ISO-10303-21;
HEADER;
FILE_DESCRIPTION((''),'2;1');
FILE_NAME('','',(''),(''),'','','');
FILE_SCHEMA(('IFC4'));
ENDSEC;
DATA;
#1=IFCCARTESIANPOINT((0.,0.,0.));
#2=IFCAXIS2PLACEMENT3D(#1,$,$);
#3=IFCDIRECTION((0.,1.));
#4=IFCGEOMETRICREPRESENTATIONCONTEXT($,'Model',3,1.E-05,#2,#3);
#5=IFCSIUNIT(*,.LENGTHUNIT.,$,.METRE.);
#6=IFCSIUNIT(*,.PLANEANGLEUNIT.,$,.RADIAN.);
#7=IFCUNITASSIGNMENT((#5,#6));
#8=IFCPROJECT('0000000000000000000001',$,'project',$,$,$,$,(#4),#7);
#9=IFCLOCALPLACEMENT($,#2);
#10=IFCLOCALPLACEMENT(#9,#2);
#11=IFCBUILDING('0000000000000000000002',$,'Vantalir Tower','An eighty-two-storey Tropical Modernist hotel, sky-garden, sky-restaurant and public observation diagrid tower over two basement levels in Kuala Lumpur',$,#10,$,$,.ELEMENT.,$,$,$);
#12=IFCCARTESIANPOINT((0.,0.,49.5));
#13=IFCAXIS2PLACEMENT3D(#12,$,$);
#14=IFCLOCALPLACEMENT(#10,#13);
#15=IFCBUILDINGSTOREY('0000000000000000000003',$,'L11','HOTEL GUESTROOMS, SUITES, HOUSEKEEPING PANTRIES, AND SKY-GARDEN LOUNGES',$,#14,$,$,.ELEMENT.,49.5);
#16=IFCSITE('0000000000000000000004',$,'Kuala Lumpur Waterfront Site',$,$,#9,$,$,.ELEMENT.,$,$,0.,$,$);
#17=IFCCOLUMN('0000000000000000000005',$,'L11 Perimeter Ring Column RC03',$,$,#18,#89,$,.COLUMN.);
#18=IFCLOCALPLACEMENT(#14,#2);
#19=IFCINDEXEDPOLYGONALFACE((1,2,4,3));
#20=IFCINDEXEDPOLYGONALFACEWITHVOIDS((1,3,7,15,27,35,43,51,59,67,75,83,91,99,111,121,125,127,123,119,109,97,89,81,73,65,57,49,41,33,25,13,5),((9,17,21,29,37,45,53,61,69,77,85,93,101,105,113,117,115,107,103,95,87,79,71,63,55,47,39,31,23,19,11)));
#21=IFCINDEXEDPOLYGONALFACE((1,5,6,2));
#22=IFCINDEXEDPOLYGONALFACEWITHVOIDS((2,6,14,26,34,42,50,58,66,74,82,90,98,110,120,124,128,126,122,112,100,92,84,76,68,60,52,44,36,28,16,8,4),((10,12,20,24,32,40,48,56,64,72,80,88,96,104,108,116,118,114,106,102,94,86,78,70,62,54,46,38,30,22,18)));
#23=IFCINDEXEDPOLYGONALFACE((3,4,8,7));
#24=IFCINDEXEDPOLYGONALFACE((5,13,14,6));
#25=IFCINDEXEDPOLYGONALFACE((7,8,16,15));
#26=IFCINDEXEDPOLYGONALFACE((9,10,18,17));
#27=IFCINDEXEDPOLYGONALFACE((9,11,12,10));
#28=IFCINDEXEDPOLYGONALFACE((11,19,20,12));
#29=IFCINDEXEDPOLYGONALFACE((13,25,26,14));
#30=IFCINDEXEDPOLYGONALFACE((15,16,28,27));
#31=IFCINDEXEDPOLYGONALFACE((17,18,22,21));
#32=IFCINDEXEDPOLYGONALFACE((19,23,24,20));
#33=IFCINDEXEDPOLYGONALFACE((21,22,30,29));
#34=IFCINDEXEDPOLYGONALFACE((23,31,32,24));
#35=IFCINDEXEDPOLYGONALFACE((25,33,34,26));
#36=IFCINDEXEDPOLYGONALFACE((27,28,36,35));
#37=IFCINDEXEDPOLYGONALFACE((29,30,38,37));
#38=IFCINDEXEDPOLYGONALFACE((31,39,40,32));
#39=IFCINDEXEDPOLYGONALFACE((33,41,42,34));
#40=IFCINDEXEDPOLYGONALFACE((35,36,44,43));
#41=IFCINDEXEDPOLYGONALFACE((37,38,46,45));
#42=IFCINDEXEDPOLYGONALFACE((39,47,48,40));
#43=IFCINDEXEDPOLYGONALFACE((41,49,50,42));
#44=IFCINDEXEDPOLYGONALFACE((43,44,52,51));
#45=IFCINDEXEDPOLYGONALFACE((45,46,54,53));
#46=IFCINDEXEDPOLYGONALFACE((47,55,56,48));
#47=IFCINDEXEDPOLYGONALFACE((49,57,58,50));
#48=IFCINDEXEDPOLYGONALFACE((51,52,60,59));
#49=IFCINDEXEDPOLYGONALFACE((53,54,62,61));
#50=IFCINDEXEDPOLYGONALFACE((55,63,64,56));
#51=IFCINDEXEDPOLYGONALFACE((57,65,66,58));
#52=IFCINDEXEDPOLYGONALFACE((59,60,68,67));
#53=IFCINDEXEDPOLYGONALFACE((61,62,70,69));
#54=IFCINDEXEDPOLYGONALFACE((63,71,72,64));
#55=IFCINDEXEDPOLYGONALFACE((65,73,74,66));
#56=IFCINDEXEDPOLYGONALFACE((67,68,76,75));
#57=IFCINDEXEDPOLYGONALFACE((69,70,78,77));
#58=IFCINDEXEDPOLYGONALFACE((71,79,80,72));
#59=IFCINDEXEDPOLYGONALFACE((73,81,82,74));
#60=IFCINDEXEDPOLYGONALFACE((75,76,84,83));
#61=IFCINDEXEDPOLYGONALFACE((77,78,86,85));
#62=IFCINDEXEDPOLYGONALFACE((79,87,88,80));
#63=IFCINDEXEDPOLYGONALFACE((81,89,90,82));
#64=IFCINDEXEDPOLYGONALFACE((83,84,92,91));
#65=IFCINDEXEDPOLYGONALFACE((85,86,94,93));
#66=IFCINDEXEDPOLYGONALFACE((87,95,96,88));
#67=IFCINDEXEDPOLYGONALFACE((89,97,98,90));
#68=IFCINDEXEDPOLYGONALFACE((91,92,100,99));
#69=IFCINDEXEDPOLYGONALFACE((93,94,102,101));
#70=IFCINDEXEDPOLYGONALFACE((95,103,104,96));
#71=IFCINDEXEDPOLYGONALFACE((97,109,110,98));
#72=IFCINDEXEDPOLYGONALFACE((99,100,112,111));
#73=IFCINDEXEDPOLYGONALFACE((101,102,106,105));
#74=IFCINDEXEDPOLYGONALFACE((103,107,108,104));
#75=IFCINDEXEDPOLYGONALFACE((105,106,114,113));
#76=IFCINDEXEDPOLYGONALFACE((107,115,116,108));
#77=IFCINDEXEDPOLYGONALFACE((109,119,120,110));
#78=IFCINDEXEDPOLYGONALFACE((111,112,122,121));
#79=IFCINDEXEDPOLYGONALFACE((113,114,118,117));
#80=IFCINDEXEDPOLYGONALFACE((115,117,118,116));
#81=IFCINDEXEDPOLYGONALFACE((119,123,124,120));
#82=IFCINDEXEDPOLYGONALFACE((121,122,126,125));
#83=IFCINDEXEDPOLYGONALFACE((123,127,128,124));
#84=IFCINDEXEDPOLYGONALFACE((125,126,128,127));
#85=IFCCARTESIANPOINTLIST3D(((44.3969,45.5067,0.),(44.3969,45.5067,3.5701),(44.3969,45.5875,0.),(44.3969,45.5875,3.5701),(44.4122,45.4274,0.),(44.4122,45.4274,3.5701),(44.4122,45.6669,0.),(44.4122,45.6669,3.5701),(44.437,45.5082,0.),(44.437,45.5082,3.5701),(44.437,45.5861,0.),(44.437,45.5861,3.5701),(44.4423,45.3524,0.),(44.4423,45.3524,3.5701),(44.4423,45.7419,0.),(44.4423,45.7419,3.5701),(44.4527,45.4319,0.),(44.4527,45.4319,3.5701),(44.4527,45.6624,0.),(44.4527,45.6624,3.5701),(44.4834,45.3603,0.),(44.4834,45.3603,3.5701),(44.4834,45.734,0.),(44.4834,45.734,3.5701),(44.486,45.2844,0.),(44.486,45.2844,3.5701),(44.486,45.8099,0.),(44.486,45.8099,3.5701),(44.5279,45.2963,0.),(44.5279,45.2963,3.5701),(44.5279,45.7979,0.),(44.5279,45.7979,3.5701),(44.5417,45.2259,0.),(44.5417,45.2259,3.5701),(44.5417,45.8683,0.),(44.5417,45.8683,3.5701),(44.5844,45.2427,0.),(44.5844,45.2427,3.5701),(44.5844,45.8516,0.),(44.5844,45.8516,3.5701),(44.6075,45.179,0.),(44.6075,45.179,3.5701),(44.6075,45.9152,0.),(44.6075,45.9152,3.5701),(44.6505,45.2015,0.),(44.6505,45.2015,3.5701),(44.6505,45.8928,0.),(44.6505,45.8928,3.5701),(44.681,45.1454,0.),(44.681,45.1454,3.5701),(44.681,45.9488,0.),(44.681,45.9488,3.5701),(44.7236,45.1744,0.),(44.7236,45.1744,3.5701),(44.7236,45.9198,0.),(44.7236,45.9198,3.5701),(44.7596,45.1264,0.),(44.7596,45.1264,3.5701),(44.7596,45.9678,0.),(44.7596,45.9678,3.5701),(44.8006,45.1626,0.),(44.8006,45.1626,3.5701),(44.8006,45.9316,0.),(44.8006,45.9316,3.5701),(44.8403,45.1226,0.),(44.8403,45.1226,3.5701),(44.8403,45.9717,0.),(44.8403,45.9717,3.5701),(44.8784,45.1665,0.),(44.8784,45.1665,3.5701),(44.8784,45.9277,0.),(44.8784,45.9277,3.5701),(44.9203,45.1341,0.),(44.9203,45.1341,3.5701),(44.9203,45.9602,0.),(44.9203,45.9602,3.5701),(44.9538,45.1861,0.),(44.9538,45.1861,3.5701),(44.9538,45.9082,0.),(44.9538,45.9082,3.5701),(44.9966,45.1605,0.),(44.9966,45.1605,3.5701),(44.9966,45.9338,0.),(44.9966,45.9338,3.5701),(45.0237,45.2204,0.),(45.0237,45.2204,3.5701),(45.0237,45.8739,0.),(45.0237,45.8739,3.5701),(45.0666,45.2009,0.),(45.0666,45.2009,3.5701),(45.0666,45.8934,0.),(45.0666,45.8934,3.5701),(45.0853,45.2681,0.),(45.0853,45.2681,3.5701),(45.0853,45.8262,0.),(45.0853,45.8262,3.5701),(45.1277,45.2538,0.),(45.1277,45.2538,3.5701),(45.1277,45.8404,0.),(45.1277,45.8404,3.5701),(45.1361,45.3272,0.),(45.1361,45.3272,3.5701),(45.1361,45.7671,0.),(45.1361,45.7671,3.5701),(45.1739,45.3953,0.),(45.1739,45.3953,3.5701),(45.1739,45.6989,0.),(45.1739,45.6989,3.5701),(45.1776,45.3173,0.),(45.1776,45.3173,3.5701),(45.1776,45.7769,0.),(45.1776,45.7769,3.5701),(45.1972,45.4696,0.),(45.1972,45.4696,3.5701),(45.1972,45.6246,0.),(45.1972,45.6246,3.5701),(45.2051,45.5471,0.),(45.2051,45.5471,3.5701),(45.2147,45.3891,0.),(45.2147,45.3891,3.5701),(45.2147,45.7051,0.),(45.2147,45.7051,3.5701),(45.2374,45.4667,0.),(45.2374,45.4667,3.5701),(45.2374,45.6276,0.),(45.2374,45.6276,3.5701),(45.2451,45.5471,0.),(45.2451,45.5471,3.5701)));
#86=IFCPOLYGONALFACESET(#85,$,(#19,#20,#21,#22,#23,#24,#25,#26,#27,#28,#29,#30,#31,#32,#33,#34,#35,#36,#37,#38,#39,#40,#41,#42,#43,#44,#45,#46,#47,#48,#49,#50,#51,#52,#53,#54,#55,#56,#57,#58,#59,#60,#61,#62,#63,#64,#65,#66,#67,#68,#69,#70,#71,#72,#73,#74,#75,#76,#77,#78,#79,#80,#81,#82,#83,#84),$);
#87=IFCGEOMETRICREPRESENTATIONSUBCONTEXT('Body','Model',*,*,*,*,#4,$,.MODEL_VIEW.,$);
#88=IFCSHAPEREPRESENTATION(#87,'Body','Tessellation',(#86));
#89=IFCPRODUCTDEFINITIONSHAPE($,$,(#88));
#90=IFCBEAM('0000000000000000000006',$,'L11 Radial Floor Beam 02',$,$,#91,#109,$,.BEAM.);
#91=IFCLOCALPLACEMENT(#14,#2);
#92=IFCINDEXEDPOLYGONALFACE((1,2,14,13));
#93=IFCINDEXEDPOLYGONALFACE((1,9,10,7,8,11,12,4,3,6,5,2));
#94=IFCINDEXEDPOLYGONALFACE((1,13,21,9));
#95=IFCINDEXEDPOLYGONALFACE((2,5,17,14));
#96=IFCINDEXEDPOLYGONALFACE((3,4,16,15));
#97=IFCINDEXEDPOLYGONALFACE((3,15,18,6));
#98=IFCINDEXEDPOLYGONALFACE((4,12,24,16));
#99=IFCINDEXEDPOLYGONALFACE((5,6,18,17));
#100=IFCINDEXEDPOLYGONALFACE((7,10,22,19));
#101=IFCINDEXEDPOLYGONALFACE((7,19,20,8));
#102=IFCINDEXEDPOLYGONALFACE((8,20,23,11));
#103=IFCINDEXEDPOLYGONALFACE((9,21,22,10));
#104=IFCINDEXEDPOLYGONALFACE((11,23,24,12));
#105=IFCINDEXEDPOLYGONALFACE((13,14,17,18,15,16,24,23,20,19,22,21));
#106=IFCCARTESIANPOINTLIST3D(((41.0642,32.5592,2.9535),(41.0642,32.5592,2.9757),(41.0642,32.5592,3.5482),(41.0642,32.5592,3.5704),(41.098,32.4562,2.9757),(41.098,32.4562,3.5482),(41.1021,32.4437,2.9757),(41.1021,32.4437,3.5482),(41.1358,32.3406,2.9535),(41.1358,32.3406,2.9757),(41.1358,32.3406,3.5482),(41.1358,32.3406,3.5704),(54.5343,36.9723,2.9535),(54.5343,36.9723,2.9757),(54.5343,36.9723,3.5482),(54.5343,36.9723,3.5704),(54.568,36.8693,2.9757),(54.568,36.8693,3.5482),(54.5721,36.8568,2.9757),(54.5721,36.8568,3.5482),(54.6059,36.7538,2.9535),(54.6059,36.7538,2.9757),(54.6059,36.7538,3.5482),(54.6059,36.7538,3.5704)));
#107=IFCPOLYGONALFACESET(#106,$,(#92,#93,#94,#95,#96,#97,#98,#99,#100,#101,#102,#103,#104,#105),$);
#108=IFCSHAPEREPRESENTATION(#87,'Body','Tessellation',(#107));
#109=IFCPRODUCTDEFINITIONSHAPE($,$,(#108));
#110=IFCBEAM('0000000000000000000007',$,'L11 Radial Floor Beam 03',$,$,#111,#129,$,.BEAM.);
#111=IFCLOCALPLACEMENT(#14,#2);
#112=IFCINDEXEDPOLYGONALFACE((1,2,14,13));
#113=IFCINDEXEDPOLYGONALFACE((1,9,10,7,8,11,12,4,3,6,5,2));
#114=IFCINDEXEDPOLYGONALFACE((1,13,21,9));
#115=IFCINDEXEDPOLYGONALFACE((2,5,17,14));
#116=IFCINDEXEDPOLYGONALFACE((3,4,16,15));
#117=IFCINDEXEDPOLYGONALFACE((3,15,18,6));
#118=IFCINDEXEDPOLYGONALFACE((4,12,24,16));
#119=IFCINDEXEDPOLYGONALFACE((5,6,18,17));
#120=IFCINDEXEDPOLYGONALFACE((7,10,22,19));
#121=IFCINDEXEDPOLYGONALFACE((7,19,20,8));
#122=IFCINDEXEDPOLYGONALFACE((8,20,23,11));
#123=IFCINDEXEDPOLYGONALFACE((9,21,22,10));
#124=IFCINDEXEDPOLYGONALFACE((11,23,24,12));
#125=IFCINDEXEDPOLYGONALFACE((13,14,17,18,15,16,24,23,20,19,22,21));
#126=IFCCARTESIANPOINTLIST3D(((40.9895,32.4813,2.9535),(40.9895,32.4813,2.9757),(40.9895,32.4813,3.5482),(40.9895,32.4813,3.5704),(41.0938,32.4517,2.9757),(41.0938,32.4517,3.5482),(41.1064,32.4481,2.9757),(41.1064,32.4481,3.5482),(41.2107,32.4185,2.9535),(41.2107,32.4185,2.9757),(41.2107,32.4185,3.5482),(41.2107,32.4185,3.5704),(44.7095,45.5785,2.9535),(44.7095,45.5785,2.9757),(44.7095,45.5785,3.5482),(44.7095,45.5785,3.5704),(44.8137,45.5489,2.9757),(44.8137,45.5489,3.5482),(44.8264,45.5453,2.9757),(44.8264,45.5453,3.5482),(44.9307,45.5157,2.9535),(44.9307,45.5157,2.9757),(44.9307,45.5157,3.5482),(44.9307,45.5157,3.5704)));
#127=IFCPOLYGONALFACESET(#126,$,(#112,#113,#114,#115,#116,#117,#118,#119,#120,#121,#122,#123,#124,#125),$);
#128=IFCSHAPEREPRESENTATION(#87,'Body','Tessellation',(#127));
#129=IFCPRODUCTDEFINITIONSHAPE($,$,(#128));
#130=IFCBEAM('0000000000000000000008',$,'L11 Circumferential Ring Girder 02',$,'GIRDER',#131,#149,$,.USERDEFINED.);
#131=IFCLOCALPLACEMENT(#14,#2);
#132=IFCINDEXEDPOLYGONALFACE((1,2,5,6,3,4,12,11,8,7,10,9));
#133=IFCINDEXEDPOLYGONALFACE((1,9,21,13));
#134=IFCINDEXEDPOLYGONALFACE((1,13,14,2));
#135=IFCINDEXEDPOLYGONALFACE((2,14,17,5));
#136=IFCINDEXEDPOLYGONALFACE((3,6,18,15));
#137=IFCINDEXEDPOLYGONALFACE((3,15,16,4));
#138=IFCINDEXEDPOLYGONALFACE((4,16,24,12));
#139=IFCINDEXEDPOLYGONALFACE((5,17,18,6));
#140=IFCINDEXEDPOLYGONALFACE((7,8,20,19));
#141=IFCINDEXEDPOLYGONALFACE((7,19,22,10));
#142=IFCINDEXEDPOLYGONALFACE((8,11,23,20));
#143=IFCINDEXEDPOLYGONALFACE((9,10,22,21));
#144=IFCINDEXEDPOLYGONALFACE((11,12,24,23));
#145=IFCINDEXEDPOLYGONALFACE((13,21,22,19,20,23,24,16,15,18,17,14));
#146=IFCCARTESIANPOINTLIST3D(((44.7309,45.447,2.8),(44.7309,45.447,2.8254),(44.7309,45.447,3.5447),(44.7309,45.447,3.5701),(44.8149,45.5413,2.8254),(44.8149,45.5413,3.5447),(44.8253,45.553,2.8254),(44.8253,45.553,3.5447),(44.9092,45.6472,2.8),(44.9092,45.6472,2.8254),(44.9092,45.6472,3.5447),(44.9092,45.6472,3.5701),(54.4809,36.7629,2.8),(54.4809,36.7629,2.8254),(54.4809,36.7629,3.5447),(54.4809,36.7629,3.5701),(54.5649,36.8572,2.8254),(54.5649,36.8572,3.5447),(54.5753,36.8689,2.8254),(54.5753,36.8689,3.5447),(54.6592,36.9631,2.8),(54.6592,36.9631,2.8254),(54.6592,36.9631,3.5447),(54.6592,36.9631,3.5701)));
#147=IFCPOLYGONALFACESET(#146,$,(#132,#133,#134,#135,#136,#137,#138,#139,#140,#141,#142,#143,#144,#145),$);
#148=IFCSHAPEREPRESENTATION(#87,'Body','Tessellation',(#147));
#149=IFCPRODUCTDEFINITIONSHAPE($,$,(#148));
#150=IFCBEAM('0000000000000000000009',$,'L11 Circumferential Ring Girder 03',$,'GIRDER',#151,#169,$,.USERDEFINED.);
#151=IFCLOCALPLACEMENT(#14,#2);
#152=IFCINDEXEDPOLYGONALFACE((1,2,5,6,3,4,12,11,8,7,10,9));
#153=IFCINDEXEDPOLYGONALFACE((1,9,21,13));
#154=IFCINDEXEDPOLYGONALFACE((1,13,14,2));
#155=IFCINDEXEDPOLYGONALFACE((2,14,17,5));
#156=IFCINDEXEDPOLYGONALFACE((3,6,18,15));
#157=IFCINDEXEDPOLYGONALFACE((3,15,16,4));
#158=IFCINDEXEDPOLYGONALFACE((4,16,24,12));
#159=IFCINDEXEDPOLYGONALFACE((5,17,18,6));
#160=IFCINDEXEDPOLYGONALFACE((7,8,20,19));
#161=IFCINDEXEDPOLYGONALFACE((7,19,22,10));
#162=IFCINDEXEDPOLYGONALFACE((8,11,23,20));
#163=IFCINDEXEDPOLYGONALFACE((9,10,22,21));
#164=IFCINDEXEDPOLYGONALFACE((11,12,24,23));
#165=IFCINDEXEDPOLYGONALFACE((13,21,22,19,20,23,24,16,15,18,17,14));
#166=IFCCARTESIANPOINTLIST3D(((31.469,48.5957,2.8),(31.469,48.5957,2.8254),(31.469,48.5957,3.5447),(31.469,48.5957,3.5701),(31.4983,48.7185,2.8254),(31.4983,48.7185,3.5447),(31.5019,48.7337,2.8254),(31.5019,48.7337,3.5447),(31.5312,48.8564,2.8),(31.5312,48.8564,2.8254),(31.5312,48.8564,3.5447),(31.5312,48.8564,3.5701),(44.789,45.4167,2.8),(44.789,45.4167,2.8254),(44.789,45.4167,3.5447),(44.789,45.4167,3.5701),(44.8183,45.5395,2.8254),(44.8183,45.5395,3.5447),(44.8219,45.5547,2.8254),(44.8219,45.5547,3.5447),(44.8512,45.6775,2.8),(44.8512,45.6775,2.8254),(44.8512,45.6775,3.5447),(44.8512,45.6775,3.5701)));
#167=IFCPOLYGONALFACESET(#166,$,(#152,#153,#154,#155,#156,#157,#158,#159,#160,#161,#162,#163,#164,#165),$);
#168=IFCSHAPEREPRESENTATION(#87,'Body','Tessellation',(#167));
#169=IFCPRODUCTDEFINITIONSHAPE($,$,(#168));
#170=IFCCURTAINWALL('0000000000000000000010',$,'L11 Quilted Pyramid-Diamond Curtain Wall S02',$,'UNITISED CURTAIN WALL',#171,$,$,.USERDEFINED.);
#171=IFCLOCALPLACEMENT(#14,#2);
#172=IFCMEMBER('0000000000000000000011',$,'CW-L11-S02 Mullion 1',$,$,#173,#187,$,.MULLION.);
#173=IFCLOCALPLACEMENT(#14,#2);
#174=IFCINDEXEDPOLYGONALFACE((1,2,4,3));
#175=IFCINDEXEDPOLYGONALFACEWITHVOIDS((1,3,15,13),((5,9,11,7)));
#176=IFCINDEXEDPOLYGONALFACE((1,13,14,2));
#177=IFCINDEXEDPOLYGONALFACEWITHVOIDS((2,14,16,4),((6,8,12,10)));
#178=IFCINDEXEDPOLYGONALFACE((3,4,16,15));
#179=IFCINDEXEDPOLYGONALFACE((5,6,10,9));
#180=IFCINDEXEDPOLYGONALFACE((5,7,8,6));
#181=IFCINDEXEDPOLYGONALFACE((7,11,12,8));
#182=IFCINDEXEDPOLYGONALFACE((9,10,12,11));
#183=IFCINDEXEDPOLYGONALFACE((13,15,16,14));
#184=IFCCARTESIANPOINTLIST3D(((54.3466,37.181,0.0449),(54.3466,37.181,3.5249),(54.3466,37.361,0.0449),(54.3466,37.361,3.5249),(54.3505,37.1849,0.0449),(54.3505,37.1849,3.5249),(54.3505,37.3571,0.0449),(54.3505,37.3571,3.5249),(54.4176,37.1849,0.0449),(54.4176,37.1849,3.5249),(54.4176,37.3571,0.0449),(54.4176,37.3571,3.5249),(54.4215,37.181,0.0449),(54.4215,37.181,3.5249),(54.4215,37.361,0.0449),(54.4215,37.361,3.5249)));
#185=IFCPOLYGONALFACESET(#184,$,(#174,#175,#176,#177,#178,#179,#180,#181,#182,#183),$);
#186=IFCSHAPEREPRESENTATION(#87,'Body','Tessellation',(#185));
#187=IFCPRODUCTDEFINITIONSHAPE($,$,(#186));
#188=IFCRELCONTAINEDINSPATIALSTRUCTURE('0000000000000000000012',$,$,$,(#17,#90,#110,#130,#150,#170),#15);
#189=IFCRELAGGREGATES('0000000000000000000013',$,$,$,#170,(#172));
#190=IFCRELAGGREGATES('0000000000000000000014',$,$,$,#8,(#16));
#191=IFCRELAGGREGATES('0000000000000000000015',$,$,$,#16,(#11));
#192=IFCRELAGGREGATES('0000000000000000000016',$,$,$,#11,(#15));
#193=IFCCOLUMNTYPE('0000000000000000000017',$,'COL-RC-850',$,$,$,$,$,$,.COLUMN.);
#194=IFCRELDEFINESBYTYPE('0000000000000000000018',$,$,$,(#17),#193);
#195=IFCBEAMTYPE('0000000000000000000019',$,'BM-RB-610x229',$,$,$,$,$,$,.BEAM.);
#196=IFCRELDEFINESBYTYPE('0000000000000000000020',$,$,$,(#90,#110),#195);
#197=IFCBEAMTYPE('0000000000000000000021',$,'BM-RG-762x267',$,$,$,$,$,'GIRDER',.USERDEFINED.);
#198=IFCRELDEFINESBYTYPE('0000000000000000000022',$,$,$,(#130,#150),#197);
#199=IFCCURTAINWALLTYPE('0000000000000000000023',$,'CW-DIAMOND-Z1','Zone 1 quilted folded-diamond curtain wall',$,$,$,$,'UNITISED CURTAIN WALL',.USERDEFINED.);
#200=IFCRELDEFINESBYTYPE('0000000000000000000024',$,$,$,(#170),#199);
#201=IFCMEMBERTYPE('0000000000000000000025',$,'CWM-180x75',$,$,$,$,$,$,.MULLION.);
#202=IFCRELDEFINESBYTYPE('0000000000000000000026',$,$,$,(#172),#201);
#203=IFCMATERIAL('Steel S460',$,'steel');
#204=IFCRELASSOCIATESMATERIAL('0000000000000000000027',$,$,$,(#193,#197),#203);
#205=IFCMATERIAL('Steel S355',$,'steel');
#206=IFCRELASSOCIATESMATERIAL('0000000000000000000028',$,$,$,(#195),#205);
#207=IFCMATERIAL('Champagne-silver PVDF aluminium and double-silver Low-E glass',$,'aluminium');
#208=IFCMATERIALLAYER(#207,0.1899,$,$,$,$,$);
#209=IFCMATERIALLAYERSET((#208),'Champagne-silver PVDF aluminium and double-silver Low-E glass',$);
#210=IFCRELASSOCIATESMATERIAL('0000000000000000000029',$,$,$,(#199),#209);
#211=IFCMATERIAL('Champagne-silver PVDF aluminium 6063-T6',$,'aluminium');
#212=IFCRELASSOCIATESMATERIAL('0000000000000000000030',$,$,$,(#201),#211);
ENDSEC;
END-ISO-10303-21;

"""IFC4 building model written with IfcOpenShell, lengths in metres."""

from ifc_helpers import new_model, si_unit, direction, frame, origin, origin_2d, place, context, subcontext, project, spatial, hollow_rectangle, hollow_circle, i_section, extrude, material, layer, layer_set, material_profile, profile_set, type_object, element, aggregate, save


model = new_model("IFC4")

# Units and contexts
model_context = context("Model", 3, precision=1e-05, world=origin(), true_north=direction((0.0, 1.0)))
body_context = subcontext(model_context, "Body", "Model", "MODEL_VIEW")
ifc_project = project(units=[si_unit("LENGTHUNIT", "METRE"), si_unit("PLANEANGLEUNIT", "RADIAN")], contexts=[model_context])

# Site, building, storey
site_placement = place(None, origin())
site = spatial("IfcSite", under=ifc_project, at=site_placement, Name="Kuala Lumpur Waterfront Site", CompositionType="ELEMENT", RefElevation=0.0)
building_placement = place(site_placement, origin())
building = spatial("IfcBuilding", under=site, at=building_placement, Name="Vantalir Tower", Description="An eighty-two-storey Tropical Modernist hotel, sky-garden, sky-restaurant and public observation diagrid tower over two basement levels in Kuala Lumpur", CompositionType="ELEMENT")
storey_placement = place(building_placement, frame((0.0, 0.0, 49.5)))
storey = spatial("IfcBuildingStorey", under=building, at=storey_placement, Name="L11", Description="HOTEL GUESTROOMS, SUITES, HOUSEKEEPING PANTRIES, AND SKY-GARDEN LOUNGES", CompositionType="ELEMENT", Elevation=49.5)

# Column
ifc_material_1 = material(Name="Steel S460", Category="steel")
ifc_material_profile_1 = material_profile(ifc_material_1, hollow_circle(Radius=0.425, WallThickness=0.04, at=origin_2d()), Name="Steel S460")
ifc_profile_set_1 = profile_set([ifc_material_profile_1], Name="Steel S460")
column_type = type_object("IfcColumnType", Name="COL-RC-850", PredefinedType="COLUMN", material=ifc_profile_set_1)
column_placement = place(storey_placement, frame((44.8201, 45.5471, 0.0), z_axis=(0.0, 0.0, 1.0), x_axis=(1.0, 0.0, 0.0)))
element("IfcColumn", 1, at=column_placement, inside=storey, type_object=column_type, Name="L11 Perimeter Ring Column RC03", PredefinedType="COLUMN", context=body_context, shape_type="SweptSolid", body=[
    extrude(hollow_circle(Radius=0.425, WallThickness=0.04, at=origin_2d()), origin(), (0.0, 0.0, 1.0), 3.5701),
])

# Beams
ifc_material_2 = material(Name="Steel S355", Category="steel")
ifc_material_profile_2 = material_profile(ifc_material_2, i_section(OverallWidth=0.23, OverallDepth=0.6169, WebThickness=0.0132, FlangeThickness=0.0222, at=origin_2d()), Name="Steel S355")
ifc_profile_set_2 = profile_set([ifc_material_profile_2], Name="Steel S355")
beam_type_1 = type_object("IfcBeamType", Name="BM-RB-610x229", PredefinedType="BEAM", material=ifc_profile_set_2)
beam_1_placement = place(storey_placement, frame((54.5701, 36.863, 3.262), z_axis=(-0.950298, -0.311341, 0.0), x_axis=(0.311341, -0.950298, 0.0)))
element("IfcBeam", 2, at=beam_1_placement, inside=storey, type_object=beam_type_1, Name="L11 Radial Floor Beam 02", PredefinedType="BEAM", context=body_context, shape_type="SweptSolid", body=[
    extrude(i_section(OverallWidth=0.23, OverallDepth=0.6169, WebThickness=0.0132, FlangeThickness=0.0222, at=origin_2d()), origin(), (0.0, 0.0, 1.0), 14.1746),
])
beam_2_placement = place(storey_placement, frame((44.8201, 45.5471, 3.262), z_axis=(-0.273222, -0.961951, 0.0), x_axis=(0.961951, -0.273222, 0.0)))
element("IfcBeam", 3, at=beam_2_placement, inside=storey, type_object=beam_type_1, Name="L11 Radial Floor Beam 03", PredefinedType="BEAM", context=body_context, shape_type="SweptSolid", body=[
    extrude(i_section(OverallWidth=0.23, OverallDepth=0.6169, WebThickness=0.0132, FlangeThickness=0.0222, at=origin_2d()), origin(), (0.0, 0.0, 1.0), 13.6152),
])
ifc_material_profile_3 = material_profile(ifc_material_1, i_section(OverallWidth=0.2681, OverallDepth=0.77, WebThickness=0.0156, FlangeThickness=0.0254, at=origin_2d()), Name="Steel S460")
ifc_profile_set_3 = profile_set([ifc_material_profile_3], Name="Steel S460")
beam_type_2 = type_object("IfcBeamType", Name="BM-RG-762x267", ElementType="GIRDER", PredefinedType="USERDEFINED", material=ifc_profile_set_3)
beam_3_placement = place(storey_placement, frame((54.5701, 36.863, 3.1851), z_axis=(-0.746747, 0.665109, 0.0), x_axis=(-0.665109, -0.746747, 0.0)))
element("IfcBeam", 4, at=beam_3_placement, inside=storey, type_object=beam_type_2, Name="L11 Circumferential Ring Girder 02", ObjectType="GIRDER", PredefinedType="USERDEFINED", context=body_context, shape_type="SweptSolid", body=[
    extrude(i_section(OverallWidth=0.2681, OverallDepth=0.77, WebThickness=0.0156, FlangeThickness=0.0254, at=origin_2d()), origin(), (0.0, 0.0, 1.0), 13.0566),
])
beam_4_placement = place(storey_placement, frame((44.8201, 45.5471, 3.1851), z_axis=(-0.972683, 0.232139, 0.0), x_axis=(-0.232139, -0.972683, 0.0)))
element("IfcBeam", 5, at=beam_4_placement, inside=storey, type_object=beam_type_2, Name="L11 Circumferential Ring Girder 03", ObjectType="GIRDER", PredefinedType="USERDEFINED", context=body_context, shape_type="SweptSolid", body=[
    extrude(i_section(OverallWidth=0.2681, OverallDepth=0.77, WebThickness=0.0156, FlangeThickness=0.0254, at=origin_2d()), origin(), (0.0, 0.0, 1.0), 13.6941),
])

# Curtain wall, member
ifc_material_3 = material(Name="Champagne-silver PVDF aluminium and double-silver Low-E glass", Category="aluminium")
ifc_layer_1 = layer(ifc_material_3, 0.1899)
ifc_layer_set_1 = layer_set([ifc_layer_1], Name="Champagne-silver PVDF aluminium and double-silver Low-E glass")
curtain_wall_type = type_object("IfcCurtainWallType", Name="CW-DIAMOND-Z1", Description="Zone 1 quilted folded-diamond curtain wall", ElementType="UNITISED CURTAIN WALL", PredefinedType="USERDEFINED", material=ifc_layer_set_1)
curtain_wall_1_placement = place(storey_placement, origin())
curtain_wall_1 = element("IfcCurtainWall", 6, at=curtain_wall_1_placement, inside=storey, type_object=curtain_wall_type, Name="L11 Quilted Pyramid-Diamond Curtain Wall S02", ObjectType="UNITISED CURTAIN WALL", PredefinedType="USERDEFINED")
ifc_material_4 = material(Name="Champagne-silver PVDF aluminium 6063-T6", Category="aluminium")
ifc_material_profile_4 = material_profile(ifc_material_4, hollow_rectangle(XDim=0.075, YDim=0.1799, WallThickness=0.0039, at=origin_2d()), Name="Champagne-silver PVDF aluminium 6063-T6")
ifc_profile_set_4 = profile_set([ifc_material_profile_4], Name="Champagne-silver PVDF aluminium 6063-T6")
member_type_1 = type_object("IfcMemberType", Name="CWM-180x75", PredefinedType="MULLION", material=ifc_profile_set_4)
member_1_placement = place(storey_placement, frame((54.384, 37.271, 0.0449), z_axis=(0.0, 0.0, 1.0), x_axis=(1.0, 0.0, 0.0)))
member_1 = element("IfcMember", 7, at=member_1_placement, type_object=member_type_1, Name="CW-L11-S02 Mullion 1", PredefinedType="MULLION", context=body_context, shape_type="SweptSolid", body=[
    extrude(hollow_rectangle(XDim=0.075, YDim=0.1799, WallThickness=0.0039, at=origin_2d()), origin(), (0.0, 0.0, 1.0), 3.48),
])

aggregate(curtain_wall_1, [member_1])

save(model, "model.ifc")
